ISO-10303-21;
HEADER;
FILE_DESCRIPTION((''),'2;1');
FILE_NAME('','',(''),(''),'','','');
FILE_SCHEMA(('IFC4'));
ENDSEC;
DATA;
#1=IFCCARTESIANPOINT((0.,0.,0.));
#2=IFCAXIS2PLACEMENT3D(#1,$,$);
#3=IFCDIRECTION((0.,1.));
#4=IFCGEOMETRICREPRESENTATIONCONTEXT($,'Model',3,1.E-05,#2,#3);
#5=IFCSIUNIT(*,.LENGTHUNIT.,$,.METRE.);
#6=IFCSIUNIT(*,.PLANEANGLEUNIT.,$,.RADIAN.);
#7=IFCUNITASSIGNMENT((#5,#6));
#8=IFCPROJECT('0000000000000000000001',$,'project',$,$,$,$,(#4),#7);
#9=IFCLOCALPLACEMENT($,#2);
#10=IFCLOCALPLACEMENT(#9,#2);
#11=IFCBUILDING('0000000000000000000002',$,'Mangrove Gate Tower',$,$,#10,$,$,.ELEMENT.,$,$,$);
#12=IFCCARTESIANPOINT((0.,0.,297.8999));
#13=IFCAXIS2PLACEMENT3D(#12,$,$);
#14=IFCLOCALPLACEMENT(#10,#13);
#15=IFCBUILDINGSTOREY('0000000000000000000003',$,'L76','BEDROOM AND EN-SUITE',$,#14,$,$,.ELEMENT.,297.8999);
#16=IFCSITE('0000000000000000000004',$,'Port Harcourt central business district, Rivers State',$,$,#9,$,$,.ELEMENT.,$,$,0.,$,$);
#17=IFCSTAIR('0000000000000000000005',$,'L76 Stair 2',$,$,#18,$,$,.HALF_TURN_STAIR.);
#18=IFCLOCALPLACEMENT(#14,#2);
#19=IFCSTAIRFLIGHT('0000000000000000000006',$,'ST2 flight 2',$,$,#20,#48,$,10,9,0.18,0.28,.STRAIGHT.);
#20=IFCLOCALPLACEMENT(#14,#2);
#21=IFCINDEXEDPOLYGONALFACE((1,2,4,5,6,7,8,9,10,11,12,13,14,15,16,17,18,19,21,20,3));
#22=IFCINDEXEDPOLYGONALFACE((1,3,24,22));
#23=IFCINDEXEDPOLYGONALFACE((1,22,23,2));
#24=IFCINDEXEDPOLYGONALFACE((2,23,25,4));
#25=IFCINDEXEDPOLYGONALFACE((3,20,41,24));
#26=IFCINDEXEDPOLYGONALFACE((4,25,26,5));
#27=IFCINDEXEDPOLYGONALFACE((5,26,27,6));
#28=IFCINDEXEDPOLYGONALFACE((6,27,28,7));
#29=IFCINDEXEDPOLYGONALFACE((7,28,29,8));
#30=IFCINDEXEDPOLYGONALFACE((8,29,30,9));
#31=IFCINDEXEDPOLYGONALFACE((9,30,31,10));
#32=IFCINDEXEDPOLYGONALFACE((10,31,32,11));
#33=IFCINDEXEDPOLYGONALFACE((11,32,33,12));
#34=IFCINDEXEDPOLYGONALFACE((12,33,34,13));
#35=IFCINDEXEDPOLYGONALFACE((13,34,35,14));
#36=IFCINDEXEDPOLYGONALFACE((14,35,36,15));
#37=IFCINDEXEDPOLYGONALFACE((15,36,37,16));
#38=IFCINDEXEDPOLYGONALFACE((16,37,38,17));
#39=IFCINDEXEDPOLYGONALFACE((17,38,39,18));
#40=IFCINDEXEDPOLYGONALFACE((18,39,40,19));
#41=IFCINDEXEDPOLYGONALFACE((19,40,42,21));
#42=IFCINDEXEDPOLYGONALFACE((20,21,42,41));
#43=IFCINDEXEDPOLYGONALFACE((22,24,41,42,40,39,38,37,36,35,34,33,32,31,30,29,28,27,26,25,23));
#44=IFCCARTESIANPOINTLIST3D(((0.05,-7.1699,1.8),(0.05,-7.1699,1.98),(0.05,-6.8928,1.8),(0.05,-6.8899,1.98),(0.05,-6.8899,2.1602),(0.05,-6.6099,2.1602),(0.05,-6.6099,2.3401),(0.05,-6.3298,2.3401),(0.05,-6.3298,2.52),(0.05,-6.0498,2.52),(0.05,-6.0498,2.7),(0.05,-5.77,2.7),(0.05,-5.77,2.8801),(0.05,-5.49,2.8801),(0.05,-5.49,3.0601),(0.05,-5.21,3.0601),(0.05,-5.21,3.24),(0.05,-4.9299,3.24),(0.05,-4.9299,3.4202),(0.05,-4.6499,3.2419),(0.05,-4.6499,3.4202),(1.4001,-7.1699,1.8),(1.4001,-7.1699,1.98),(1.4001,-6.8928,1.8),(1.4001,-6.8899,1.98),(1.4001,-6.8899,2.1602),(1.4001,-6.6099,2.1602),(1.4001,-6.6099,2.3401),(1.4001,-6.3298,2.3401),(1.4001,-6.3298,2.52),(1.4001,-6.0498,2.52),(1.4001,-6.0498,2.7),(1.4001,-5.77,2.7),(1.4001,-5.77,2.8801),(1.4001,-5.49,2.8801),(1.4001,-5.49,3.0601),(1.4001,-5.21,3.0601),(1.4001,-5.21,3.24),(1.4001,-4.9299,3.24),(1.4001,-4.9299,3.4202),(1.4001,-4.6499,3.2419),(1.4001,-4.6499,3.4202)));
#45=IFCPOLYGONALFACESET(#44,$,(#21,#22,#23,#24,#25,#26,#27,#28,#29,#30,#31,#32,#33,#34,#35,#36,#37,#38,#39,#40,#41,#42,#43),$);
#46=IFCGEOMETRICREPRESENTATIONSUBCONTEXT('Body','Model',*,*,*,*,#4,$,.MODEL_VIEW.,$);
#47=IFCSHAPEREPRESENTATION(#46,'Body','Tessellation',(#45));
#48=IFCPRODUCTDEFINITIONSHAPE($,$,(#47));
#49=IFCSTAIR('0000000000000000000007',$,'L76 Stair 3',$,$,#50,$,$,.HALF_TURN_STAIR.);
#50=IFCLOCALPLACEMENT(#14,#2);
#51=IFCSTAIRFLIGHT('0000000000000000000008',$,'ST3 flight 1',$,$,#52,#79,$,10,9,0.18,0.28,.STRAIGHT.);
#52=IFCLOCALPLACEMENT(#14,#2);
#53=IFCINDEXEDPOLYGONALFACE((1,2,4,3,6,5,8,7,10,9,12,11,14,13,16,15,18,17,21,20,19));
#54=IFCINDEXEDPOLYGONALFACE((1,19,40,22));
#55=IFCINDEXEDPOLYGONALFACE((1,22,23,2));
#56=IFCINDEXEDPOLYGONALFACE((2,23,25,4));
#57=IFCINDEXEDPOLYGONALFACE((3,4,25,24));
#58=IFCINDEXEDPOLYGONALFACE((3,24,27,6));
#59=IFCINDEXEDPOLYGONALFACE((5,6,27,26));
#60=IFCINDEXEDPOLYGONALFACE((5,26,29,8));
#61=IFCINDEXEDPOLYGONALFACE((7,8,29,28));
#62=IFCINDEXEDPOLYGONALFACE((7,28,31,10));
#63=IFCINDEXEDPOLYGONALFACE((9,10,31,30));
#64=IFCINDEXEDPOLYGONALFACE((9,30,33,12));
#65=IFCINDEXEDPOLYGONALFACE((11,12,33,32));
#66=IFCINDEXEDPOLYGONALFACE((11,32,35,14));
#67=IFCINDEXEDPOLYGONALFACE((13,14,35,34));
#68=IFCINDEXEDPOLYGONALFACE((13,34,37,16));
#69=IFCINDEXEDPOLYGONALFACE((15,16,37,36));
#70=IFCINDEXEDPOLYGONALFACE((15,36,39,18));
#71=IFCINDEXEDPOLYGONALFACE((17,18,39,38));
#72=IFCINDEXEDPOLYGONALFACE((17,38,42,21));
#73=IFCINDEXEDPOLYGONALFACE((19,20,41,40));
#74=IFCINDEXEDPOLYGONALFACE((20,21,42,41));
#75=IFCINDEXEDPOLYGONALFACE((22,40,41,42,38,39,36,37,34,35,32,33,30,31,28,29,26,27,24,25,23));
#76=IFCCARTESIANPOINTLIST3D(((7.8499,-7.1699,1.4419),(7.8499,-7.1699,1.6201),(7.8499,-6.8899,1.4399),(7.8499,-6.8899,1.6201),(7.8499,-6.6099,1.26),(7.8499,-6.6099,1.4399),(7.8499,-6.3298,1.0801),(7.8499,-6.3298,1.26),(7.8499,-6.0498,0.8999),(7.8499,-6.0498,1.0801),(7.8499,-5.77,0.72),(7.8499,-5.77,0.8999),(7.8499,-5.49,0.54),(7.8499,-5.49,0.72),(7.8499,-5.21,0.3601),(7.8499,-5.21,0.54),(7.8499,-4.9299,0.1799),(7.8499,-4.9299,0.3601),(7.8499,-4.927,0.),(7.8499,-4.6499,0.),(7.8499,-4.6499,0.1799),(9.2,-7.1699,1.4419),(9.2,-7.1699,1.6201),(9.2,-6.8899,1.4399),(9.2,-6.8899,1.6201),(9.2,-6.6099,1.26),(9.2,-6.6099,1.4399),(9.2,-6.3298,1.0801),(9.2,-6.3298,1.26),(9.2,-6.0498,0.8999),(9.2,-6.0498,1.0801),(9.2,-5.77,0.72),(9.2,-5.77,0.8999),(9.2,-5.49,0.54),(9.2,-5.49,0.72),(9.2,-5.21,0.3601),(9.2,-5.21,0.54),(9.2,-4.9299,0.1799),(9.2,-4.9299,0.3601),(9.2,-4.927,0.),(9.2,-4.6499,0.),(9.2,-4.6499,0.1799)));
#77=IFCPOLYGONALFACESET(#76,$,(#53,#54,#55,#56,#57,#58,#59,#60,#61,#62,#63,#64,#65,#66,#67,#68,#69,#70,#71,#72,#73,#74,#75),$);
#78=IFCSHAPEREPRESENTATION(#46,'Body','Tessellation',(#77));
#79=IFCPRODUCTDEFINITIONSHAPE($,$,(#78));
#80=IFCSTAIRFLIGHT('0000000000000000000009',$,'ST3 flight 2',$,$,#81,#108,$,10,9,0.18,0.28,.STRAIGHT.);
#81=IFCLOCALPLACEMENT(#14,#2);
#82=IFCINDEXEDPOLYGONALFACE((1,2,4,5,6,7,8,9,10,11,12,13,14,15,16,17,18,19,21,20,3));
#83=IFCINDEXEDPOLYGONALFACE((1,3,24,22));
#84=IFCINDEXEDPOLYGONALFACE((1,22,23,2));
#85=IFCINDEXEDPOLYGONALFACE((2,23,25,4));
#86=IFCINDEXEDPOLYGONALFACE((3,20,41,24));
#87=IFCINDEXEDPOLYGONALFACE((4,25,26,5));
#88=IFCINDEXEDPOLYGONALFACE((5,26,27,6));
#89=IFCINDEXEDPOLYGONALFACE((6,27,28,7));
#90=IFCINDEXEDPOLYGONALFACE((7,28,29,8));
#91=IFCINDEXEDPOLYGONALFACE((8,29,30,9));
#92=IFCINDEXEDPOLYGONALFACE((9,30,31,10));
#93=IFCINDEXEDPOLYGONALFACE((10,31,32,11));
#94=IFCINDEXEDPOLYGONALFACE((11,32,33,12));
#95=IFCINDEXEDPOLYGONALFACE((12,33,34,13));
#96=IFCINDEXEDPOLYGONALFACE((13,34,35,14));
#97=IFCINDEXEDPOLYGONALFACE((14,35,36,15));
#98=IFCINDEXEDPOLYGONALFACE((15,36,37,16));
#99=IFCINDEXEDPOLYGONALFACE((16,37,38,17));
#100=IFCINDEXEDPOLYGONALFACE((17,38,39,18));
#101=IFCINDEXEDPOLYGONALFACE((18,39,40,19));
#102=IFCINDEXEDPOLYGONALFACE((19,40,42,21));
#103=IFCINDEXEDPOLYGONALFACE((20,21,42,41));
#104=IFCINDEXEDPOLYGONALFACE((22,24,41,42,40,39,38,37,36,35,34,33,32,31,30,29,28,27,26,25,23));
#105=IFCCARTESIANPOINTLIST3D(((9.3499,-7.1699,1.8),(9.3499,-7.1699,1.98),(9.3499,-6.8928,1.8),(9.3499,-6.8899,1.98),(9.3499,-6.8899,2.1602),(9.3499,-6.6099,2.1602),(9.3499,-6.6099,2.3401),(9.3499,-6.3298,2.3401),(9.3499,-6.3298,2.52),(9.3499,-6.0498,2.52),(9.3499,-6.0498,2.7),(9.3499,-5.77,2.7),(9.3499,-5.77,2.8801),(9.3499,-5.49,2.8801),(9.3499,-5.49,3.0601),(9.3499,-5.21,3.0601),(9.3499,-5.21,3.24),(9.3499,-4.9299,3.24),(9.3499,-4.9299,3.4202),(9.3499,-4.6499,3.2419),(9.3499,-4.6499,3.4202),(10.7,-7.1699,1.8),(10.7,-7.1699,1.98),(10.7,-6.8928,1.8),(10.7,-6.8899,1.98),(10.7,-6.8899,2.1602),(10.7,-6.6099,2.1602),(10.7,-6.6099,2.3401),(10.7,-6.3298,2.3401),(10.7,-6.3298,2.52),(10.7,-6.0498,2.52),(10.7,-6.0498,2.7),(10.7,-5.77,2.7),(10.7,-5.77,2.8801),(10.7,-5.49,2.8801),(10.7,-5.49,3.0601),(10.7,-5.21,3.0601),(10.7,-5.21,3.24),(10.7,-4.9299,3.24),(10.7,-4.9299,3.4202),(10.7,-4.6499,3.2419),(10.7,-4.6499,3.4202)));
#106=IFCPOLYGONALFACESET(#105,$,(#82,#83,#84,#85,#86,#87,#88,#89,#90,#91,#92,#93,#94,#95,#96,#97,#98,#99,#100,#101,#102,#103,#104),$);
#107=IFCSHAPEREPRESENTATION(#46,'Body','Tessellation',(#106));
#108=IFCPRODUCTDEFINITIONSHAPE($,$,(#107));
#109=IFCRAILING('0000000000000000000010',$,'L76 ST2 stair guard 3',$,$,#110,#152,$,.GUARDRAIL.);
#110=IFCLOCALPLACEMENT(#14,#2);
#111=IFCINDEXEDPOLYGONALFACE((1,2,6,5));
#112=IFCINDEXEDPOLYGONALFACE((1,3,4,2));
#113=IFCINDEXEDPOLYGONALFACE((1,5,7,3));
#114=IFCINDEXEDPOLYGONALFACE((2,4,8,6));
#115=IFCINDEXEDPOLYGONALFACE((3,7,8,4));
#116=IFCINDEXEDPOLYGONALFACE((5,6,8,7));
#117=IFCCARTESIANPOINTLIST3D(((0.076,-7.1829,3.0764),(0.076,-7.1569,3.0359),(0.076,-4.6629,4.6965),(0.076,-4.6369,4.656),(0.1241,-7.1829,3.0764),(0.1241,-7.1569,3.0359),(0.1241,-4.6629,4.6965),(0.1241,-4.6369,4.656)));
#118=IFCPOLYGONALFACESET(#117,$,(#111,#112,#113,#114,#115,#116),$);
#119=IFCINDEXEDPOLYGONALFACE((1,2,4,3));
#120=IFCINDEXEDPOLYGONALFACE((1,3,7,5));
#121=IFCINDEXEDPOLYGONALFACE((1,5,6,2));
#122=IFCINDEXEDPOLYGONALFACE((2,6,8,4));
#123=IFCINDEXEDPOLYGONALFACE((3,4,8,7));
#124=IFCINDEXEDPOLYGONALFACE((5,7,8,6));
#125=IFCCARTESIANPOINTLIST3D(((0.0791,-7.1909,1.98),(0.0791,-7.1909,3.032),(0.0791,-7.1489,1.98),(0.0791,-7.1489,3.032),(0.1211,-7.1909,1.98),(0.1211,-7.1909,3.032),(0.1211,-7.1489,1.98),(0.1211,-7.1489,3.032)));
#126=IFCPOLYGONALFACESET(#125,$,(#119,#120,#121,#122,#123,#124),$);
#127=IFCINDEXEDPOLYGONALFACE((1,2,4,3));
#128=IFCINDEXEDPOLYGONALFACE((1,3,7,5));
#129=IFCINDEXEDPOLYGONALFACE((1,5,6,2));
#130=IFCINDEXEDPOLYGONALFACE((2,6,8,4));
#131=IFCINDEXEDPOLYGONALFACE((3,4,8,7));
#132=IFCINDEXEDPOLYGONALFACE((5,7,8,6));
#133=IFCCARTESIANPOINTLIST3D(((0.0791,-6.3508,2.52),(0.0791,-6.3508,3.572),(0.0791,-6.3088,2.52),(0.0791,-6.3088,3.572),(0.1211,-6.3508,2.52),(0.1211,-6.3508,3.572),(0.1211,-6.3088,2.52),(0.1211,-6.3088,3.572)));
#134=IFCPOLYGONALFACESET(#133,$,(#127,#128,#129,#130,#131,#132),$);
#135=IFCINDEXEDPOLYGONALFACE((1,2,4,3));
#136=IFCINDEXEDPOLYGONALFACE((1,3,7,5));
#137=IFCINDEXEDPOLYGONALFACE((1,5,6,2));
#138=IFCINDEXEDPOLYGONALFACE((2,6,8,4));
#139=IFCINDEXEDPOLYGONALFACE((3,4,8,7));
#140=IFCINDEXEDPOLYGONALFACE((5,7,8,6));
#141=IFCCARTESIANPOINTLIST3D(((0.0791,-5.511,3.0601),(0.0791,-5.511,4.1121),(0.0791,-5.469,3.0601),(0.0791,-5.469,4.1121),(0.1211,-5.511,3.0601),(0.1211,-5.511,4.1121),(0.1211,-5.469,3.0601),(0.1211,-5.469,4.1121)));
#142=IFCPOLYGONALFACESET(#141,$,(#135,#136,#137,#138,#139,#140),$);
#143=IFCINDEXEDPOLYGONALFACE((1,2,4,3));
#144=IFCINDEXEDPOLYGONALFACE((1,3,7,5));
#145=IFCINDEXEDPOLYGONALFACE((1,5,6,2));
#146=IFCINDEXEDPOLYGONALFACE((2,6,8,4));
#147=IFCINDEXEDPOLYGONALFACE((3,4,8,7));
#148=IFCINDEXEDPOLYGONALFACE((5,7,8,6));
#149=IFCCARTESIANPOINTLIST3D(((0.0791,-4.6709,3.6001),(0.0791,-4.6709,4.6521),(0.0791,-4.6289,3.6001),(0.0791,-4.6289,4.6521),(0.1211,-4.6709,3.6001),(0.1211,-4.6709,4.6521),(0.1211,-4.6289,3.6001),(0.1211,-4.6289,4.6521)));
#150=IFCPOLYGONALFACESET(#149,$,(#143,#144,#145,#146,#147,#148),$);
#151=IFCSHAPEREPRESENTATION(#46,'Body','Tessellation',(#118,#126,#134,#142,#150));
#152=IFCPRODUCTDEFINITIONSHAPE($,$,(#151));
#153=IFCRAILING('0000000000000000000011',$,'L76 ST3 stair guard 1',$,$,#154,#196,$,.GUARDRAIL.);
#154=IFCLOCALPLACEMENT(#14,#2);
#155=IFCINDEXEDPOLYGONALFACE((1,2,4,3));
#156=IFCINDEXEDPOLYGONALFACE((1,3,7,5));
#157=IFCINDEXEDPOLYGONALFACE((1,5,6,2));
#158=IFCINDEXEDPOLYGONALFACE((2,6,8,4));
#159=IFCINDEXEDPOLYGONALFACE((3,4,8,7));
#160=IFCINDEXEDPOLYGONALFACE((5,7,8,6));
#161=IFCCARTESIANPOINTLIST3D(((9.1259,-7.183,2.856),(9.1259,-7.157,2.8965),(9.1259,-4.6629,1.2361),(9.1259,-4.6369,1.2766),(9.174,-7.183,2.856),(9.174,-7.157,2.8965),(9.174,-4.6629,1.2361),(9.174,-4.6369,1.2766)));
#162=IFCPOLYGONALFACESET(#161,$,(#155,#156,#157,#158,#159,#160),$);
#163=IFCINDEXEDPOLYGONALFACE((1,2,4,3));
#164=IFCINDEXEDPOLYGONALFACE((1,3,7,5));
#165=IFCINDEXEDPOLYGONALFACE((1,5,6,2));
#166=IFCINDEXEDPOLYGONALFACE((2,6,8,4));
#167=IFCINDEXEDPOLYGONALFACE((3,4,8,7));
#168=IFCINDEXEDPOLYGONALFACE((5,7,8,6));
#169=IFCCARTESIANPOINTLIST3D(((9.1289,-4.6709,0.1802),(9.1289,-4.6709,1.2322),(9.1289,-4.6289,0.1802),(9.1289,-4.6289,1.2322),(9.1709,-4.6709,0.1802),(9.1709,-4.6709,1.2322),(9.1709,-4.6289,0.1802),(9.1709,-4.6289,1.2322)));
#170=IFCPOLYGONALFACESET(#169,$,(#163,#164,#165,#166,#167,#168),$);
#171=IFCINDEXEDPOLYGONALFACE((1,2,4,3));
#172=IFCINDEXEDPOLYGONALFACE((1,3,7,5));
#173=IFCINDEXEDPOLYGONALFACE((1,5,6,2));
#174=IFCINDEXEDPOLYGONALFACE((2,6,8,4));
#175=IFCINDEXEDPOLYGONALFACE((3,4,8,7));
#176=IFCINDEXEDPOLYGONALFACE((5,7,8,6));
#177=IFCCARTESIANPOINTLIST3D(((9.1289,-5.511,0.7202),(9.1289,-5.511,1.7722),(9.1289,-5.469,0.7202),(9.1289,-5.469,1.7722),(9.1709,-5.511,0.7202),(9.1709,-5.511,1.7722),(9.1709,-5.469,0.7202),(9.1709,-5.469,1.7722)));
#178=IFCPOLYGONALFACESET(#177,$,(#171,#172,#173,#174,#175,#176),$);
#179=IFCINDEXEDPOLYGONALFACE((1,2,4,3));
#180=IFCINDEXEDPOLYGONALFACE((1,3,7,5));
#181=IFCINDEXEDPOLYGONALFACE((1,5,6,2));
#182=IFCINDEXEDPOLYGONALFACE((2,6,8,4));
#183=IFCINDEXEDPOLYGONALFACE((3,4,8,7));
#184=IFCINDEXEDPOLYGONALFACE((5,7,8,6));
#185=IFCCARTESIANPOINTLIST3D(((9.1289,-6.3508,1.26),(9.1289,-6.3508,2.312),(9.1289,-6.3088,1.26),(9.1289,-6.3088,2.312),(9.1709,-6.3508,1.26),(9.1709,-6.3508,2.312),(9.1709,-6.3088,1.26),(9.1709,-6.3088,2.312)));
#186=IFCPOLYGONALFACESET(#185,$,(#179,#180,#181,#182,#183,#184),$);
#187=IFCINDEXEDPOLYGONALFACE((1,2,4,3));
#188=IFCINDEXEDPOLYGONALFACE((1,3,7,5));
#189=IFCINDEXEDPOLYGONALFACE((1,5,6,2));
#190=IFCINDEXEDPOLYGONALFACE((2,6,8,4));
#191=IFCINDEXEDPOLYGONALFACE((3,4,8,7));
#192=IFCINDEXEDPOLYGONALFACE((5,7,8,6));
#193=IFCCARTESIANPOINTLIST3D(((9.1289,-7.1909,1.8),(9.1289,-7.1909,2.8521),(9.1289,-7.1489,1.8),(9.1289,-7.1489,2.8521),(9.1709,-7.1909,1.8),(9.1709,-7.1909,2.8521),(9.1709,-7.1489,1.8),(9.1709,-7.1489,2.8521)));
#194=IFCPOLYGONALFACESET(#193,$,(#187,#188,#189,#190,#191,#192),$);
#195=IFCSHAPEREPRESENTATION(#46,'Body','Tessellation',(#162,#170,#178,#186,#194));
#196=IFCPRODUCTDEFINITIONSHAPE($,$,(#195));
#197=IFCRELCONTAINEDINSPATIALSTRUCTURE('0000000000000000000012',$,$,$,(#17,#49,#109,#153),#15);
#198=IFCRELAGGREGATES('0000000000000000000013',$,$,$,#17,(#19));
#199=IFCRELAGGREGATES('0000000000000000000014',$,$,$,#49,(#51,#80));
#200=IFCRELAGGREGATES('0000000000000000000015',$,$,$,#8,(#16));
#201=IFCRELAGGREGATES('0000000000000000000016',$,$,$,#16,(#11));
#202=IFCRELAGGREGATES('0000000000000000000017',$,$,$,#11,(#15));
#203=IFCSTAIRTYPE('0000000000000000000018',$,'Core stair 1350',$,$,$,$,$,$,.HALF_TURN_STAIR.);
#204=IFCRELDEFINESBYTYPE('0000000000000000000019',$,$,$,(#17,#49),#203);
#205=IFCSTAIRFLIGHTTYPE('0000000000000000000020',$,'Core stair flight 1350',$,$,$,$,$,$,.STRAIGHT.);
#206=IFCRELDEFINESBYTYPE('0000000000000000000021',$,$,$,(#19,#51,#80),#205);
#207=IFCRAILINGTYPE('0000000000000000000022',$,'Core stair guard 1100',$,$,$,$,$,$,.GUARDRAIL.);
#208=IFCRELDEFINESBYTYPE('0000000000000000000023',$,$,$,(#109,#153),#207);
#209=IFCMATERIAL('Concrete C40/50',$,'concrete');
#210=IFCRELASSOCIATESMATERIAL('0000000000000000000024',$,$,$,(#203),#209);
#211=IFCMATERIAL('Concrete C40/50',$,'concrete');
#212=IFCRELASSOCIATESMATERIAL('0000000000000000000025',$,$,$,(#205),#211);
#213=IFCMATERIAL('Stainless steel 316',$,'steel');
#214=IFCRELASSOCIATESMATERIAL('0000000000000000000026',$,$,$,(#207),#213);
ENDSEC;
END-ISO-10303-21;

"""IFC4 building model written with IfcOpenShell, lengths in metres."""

from ifc_helpers import new_model, si_unit, direction, frame, origin, origin_2d, place, context, subcontext, project, spatial, polyline, rectangle, outline, extrude, material, type_object, element, aggregate, save


model = new_model("IFC4")

# Units and contexts
model_context = context("Model", 3, precision=1e-05, world=origin(), true_north=direction((0.0, 1.0)))
body_context = subcontext(model_context, "Body", "Model", "MODEL_VIEW")
ifc_project = project(units=[si_unit("LENGTHUNIT", "METRE"), si_unit("PLANEANGLEUNIT", "RADIAN")], contexts=[model_context])

# Site, building, storey
site_placement = place(None, origin())
site = spatial("IfcSite", under=ifc_project, at=site_placement, Name="Port Harcourt central business district, Rivers State", CompositionType="ELEMENT", RefElevation=0.0)
building_placement = place(site_placement, origin())
building = spatial("IfcBuilding", under=site, at=building_placement, Name="Mangrove Gate Tower", CompositionType="ELEMENT")
storey_placement = place(building_placement, frame((0.0, 0.0, 297.8999)))
storey = spatial("IfcBuildingStorey", under=building, at=storey_placement, Name="L76", Description="BEDROOM AND EN-SUITE", CompositionType="ELEMENT", Elevation=297.8999)

# Stair, stair flight
ifc_material_1 = material(Name="Concrete C40/50", Category="concrete")
stair_type = type_object("IfcStairType", Name="Core stair 1350", PredefinedType="HALF_TURN_STAIR", material=ifc_material_1)
stair_1_placement = place(storey_placement, origin())
stair_1 = element("IfcStair", 1, at=stair_1_placement, inside=storey, type_object=stair_type, Name="L76 Stair 2", PredefinedType="HALF_TURN_STAIR")
ifc_material_2 = material(Name="Concrete C40/50", Category="concrete")
stair_flight_type = type_object("IfcStairFlightType", Name="Core stair flight 1350", PredefinedType="STRAIGHT", material=ifc_material_2)
stair_flight_1_placement = place(storey_placement, frame((0.7251, -7.1699, 1.8), z_axis=(0.0, 0.0, 1.0), x_axis=(0.0, 1.0, 0.0)))
stair_flight_1 = element("IfcStairFlight", 2, at=stair_flight_1_placement, type_object=stair_flight_type, Name="ST2 flight 2", NumberOfRisers=10, NumberOfTreads=9, PredefinedType="STRAIGHT", RiserHeight=0.18, TreadLength=0.28, context=body_context, shape_type="SweptSolid", body=[
    extrude(outline(polyline([(0.0, 0.0), (0.0, 0.1799), (0.28, 0.1799), (0.28, 0.3601), (0.5601, 0.3601), (0.5601, 0.54), (0.8401, 0.54), (0.8401, 0.72), (1.1201, 0.72), (1.1201, 0.8999), (1.3999, 0.8999), (1.3999, 1.0801), (1.6799, 1.0801), (1.6799, 1.26), (1.96, 1.26), (1.96, 1.4399), (2.24, 1.4399), (2.24, 1.6201), (2.52, 1.6201), (2.52, 1.8), (2.52, 1.4419), (0.2771, 0.0), (0.0, 0.0)])), frame((0.0, 0.675, 0.0), z_axis=(0.0, -1.0, 0.0), x_axis=(1.0, 0.0, 0.0)), (0.0, 0.0, 1.0), 1.3501),
])
aggregate(stair_1, [stair_flight_1])

# Stair, stair flights
stair_2_placement = place(storey_placement, origin())
stair_2 = element("IfcStair", 3, at=stair_2_placement, inside=storey, type_object=stair_type, Name="L76 Stair 3", PredefinedType="HALF_TURN_STAIR")
stair_flight_2_placement = place(storey_placement, frame((8.5249, -4.6499, 0.0), z_axis=(0.0, 0.0, 1.0), x_axis=(0.0, -1.0, 0.0)))
stair_flight_2 = element("IfcStairFlight", 4, at=stair_flight_2_placement, type_object=stair_flight_type, Name="ST3 flight 1", NumberOfRisers=10, NumberOfTreads=9, PredefinedType="STRAIGHT", RiserHeight=0.18, TreadLength=0.28, context=body_context, shape_type="SweptSolid", body=[
    extrude(outline(polyline([(0.0, 0.0), (0.0, 0.1799), (0.28, 0.1799), (0.28, 0.3601), (0.5601, 0.3601), (0.5601, 0.54), (0.8401, 0.54), (0.8401, 0.72), (1.1201, 0.72), (1.1201, 0.8999), (1.3999, 0.8999), (1.3999, 1.0801), (1.6799, 1.0801), (1.6799, 1.26), (1.96, 1.26), (1.96, 1.4399), (2.24, 1.4399), (2.24, 1.6201), (2.52, 1.6201), (2.52, 1.8), (2.52, 1.4419), (0.2771, 0.0), (0.0, 0.0)])), frame((0.0, 0.675, 0.0), z_axis=(0.0, -1.0, 0.0), x_axis=(1.0, 0.0, 0.0)), (0.0, 0.0, 1.0), 1.3501),
])
stair_flight_3_placement = place(storey_placement, frame((10.0249, -7.1699, 1.8), z_axis=(0.0, 0.0, 1.0), x_axis=(0.0, 1.0, 0.0)))
stair_flight_3 = element("IfcStairFlight", 5, at=stair_flight_3_placement, type_object=stair_flight_type, Name="ST3 flight 2", NumberOfRisers=10, NumberOfTreads=9, PredefinedType="STRAIGHT", RiserHeight=0.18, TreadLength=0.28, context=body_context, shape_type="SweptSolid", body=[
    extrude(outline(polyline([(0.0, 0.0), (0.0, 0.1799), (0.28, 0.1799), (0.28, 0.3601), (0.5601, 0.3601), (0.5601, 0.54), (0.8401, 0.54), (0.8401, 0.72), (1.1201, 0.72), (1.1201, 0.8999), (1.3999, 0.8999), (1.3999, 1.0801), (1.6799, 1.0801), (1.6799, 1.26), (1.96, 1.26), (1.96, 1.4399), (2.24, 1.4399), (2.24, 1.6201), (2.52, 1.6201), (2.52, 1.8), (2.52, 1.4419), (0.2771, 0.0), (0.0, 0.0)])), frame((0.0, 0.675, 0.0), z_axis=(0.0, -1.0, 0.0), x_axis=(1.0, 0.0, 0.0)), (0.0, 0.0, 1.0), 1.3501),
])
aggregate(stair_2, [stair_flight_2, stair_flight_3])

# Railings
ifc_material_3 = material(Name="Stainless steel 316", Category="steel")
railing_type_1 = type_object("IfcRailingType", Name="Core stair guard 1100", PredefinedType="GUARDRAIL", material=ifc_material_3)
railing_1_placement = place(storey_placement, frame((0.1001, -7.1699, 1.98)))
element("IfcRailing", 6, at=railing_1_placement, inside=storey, type_object=railing_type_1, Name="L76 ST2 stair guard 3", PredefinedType="GUARDRAIL", context=body_context, shape_type="SweptSolid", body=[
    extrude(rectangle(XDim=0.0481, YDim=0.0481, at=origin_2d()), frame((0.0, 0.0, 1.0762), z_axis=(0.0, 0.841163, 0.540782), x_axis=(-1.0, 0.0, 0.0)), (0.0, 0.0, 1.0), 2.9958),
    extrude(rectangle(XDim=0.042, YDim=0.042, at=origin_2d()), origin(), (0.0, 0.0, 1.0), 1.052),
    extrude(rectangle(XDim=0.042, YDim=0.042, at=origin_2d()), frame((0.0, 0.8401, 0.54)), (0.0, 0.0, 1.0), 1.052),
    extrude(rectangle(XDim=0.042, YDim=0.042, at=origin_2d()), frame((0.0, 1.6799, 1.0801)), (0.0, 0.0, 1.0), 1.052),
    extrude(rectangle(XDim=0.042, YDim=0.042, at=origin_2d()), frame((0.0, 2.52, 1.6201)), (0.0, 0.0, 1.0), 1.052),
])
railing_2_placement = place(storey_placement, frame((9.1499, -4.6499, 0.1802)))
element("IfcRailing", 7, at=railing_2_placement, inside=storey, type_object=railing_type_1, Name="L76 ST3 stair guard 1", PredefinedType="GUARDRAIL", context=body_context, shape_type="SweptSolid", body=[
    extrude(rectangle(XDim=0.0481, YDim=0.0481, at=origin_2d()), frame((0.0, 0.0, 1.0762), z_axis=(0.0, -0.8412, 0.540725), x_axis=(1.0, 0.0, 0.0)), (0.0, 0.0, 1.0), 2.9958),
    extrude(rectangle(XDim=0.042, YDim=0.042, at=origin_2d()), origin(), (0.0, 0.0, 1.0), 1.052),
    extrude(rectangle(XDim=0.042, YDim=0.042, at=origin_2d()), frame((0.0, -0.8401, 0.54)), (0.0, 0.0, 1.0), 1.052),
    extrude(rectangle(XDim=0.042, YDim=0.042, at=origin_2d()), frame((0.0, -1.6799, 1.0798)), (0.0, 0.0, 1.0), 1.052),
    extrude(rectangle(XDim=0.042, YDim=0.042, at=origin_2d()), frame((0.0, -2.52, 1.6199)), (0.0, 0.0, 1.0), 1.052),
])

save(model, "model.ifc")
